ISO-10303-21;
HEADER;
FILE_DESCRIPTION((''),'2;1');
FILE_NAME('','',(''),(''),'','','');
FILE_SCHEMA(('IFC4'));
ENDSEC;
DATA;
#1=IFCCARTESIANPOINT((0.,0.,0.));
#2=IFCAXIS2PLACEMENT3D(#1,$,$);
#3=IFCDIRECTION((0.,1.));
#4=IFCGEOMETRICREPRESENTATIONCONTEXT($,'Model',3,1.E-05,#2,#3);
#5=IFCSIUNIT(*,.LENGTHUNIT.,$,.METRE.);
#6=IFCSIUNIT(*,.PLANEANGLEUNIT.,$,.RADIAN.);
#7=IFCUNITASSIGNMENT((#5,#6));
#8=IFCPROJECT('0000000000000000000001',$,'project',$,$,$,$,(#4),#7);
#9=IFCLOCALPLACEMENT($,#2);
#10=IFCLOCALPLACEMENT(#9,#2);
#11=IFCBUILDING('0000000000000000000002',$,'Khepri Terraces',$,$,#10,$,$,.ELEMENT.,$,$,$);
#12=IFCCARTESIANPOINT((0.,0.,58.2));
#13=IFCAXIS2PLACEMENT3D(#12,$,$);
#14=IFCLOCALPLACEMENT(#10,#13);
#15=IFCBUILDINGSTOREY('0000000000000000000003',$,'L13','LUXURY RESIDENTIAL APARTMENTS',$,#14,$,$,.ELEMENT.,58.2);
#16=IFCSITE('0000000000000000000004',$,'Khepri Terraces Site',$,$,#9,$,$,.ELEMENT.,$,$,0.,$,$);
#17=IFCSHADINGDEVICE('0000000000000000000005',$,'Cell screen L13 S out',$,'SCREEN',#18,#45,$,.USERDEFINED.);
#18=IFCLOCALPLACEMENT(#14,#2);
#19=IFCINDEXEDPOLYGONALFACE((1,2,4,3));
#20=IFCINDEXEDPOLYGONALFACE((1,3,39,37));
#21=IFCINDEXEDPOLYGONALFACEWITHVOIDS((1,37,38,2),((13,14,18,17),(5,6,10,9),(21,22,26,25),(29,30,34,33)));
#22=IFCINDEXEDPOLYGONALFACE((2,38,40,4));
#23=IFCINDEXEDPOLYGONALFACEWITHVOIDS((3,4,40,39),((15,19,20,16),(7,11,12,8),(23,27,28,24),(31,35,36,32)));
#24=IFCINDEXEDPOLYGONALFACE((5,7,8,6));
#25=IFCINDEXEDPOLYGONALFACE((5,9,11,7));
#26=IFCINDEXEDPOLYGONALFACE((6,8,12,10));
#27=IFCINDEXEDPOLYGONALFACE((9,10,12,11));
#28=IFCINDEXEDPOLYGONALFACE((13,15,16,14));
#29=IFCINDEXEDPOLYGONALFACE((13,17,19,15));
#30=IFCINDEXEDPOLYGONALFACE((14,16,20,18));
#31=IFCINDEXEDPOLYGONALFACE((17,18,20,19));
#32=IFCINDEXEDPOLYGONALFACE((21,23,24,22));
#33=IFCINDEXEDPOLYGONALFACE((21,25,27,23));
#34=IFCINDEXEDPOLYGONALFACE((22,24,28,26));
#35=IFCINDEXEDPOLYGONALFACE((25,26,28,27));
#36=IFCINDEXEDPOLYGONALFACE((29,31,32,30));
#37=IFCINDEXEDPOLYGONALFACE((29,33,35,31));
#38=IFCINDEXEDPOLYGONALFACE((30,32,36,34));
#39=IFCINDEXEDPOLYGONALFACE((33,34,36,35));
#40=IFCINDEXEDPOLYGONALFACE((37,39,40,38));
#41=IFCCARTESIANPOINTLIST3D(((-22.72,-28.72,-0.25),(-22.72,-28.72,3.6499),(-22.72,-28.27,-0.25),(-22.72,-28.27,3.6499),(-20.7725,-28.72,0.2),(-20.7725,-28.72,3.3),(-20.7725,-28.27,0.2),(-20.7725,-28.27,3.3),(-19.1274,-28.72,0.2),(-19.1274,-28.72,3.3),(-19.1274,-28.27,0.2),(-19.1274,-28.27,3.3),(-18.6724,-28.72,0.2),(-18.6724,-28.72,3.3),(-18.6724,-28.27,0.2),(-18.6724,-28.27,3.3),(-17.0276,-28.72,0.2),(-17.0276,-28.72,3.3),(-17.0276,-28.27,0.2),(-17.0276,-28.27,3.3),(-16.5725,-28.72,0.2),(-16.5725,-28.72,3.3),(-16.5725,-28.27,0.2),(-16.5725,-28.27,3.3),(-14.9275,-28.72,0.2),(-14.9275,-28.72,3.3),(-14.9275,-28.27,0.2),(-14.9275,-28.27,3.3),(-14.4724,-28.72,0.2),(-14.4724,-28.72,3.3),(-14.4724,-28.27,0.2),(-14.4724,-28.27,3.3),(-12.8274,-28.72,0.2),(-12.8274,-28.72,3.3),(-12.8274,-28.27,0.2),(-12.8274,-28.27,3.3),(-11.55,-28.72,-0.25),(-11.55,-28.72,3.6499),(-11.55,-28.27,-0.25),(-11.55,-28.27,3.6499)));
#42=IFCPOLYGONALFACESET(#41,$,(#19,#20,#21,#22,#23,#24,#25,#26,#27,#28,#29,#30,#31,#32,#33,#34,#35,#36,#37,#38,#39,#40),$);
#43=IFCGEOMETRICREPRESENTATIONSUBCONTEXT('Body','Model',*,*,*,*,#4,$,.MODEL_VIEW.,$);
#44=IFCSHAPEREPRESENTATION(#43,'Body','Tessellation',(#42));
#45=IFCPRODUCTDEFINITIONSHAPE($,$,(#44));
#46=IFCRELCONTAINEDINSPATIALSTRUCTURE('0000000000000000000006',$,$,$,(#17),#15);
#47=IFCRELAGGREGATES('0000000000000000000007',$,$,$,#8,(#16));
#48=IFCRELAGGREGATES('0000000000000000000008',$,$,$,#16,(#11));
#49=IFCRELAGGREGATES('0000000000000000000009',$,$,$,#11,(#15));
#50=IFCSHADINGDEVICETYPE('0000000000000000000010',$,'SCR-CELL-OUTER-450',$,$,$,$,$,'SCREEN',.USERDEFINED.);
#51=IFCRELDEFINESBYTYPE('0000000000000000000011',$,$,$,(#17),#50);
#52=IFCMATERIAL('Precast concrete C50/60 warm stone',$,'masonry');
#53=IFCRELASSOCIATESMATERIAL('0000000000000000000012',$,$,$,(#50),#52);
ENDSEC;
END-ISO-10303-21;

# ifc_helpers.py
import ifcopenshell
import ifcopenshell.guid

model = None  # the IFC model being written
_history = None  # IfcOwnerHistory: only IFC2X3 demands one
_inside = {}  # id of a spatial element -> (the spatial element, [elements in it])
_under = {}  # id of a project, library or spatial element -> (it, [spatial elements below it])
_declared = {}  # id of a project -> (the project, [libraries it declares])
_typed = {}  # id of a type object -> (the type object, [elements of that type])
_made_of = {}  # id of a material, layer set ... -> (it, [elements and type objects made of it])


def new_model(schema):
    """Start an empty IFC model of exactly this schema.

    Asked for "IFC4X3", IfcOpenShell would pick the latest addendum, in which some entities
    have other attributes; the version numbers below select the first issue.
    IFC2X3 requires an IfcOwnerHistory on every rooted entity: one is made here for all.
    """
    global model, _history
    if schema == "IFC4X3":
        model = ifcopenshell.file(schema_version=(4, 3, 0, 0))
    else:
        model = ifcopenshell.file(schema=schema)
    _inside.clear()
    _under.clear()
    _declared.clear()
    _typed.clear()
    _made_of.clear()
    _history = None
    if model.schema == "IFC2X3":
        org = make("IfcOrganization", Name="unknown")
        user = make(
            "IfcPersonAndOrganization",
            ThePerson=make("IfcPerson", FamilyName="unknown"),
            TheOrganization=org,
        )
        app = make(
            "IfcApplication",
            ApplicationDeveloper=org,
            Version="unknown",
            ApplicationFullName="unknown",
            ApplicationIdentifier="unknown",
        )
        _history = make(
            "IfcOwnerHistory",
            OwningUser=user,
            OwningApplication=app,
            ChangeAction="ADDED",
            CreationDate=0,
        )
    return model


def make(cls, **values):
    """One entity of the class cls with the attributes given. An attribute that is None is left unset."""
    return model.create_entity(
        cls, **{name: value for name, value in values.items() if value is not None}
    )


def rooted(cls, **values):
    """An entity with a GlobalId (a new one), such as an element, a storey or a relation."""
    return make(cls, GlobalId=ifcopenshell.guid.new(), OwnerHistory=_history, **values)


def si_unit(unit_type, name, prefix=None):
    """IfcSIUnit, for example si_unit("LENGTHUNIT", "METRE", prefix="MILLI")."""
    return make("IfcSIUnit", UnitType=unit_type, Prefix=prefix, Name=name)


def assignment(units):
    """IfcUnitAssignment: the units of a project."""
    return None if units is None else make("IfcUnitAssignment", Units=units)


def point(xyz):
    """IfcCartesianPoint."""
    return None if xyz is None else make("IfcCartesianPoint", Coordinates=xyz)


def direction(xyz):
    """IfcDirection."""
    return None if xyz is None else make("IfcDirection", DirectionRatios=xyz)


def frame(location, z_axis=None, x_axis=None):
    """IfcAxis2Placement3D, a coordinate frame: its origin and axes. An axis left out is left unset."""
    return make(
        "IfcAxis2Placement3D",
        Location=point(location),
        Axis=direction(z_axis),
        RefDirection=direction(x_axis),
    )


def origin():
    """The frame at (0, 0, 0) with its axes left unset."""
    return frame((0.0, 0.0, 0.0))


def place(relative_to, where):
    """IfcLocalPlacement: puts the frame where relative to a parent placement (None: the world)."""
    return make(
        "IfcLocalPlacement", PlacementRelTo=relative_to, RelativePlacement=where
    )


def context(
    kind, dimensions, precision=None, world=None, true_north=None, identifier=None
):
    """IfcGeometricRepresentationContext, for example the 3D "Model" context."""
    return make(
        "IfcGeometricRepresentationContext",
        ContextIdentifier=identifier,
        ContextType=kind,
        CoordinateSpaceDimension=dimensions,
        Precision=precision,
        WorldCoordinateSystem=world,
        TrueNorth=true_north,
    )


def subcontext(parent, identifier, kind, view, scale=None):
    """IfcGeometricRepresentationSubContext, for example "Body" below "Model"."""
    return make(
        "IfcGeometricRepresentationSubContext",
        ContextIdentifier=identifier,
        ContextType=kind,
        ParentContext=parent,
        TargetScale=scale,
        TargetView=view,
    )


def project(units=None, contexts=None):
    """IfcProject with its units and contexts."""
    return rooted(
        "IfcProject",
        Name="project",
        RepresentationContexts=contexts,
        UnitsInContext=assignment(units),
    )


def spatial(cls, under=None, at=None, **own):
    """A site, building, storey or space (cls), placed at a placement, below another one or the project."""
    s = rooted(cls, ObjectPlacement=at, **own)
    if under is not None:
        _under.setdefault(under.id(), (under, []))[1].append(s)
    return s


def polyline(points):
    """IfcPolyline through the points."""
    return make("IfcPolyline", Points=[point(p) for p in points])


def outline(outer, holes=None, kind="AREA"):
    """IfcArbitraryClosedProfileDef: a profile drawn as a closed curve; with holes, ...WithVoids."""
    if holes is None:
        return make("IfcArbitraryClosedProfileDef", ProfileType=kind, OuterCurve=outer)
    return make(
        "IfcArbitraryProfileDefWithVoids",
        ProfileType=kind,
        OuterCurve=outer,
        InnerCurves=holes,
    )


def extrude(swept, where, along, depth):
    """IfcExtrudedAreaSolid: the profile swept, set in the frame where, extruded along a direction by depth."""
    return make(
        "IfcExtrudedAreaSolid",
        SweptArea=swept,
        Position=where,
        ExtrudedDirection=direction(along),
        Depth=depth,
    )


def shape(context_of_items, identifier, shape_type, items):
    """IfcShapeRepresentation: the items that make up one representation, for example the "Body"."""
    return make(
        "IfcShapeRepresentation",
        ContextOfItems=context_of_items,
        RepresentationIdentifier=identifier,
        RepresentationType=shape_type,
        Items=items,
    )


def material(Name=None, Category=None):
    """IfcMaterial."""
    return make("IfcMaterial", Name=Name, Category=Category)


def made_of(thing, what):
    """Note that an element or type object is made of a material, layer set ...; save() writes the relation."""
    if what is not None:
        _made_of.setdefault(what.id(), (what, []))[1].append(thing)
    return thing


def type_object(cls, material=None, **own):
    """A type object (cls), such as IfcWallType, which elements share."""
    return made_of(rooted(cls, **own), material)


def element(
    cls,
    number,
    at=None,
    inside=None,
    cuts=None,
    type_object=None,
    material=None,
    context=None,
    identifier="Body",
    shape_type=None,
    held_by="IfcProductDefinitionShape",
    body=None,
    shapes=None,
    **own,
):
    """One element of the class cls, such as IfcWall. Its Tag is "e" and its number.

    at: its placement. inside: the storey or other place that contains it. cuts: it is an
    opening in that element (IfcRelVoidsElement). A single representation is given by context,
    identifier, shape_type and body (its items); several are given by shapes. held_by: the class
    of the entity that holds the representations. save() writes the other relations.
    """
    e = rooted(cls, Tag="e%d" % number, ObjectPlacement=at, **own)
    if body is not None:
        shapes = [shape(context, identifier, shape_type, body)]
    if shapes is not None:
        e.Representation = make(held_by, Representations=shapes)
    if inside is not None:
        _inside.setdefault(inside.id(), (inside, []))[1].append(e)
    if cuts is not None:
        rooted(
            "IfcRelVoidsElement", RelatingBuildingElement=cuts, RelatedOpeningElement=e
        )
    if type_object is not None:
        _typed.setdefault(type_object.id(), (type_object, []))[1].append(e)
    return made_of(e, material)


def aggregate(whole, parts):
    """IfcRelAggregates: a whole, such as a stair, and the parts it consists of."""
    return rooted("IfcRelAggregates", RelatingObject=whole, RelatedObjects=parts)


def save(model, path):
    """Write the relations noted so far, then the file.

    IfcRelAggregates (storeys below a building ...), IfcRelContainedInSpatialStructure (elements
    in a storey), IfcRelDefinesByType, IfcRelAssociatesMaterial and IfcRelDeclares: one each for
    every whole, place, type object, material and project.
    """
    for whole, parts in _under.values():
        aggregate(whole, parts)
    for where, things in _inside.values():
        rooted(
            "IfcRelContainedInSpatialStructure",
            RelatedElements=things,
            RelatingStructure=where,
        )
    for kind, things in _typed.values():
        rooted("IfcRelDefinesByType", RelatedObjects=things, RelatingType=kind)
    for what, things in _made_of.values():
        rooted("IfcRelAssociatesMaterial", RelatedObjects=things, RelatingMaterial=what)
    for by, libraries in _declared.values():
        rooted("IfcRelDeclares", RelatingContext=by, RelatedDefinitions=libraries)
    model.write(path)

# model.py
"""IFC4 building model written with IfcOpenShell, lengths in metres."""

from ifc_helpers import new_model, si_unit, direction, frame, origin, place, context, subcontext, project, spatial, polyline, outline, extrude, material, type_object, element, save


model = new_model("IFC4")

# Units and contexts
model_context = context("Model", 3, precision=1e-05, world=origin(), true_north=direction((0.0, 1.0)))
body_context = subcontext(model_context, "Body", "Model", "MODEL_VIEW")
ifc_project = project(units=[si_unit("LENGTHUNIT", "METRE"), si_unit("PLANEANGLEUNIT", "RADIAN")], contexts=[model_context])

# Site, building, storey
site_placement = place(None, origin())
site = spatial("IfcSite", under=ifc_project, at=site_placement, Name="Khepri Terraces Site", CompositionType="ELEMENT", RefElevation=0.0)
building_placement = place(site_placement, origin())
building = spatial("IfcBuilding", under=site, at=building_placement, Name="Khepri Terraces", CompositionType="ELEMENT")
storey_placement = place(building_placement, frame((0.0, 0.0, 58.2)))
storey = spatial("IfcBuildingStorey", under=building, at=storey_placement, Name="L13", Description="LUXURY RESIDENTIAL APARTMENTS", CompositionType="ELEMENT", Elevation=58.2)

# Shared definitions
ifc_material_1 = material(Name="Precast concrete C50/60 warm stone", Category="masonry")

# Shading device
shading_device_type_1 = type_object("IfcShadingDeviceType", Name="SCR-CELL-OUTER-450", ElementType="SCREEN", PredefinedType="USERDEFINED", material=ifc_material_1)
shading_device_1_placement = place(storey_placement, frame((-22.72, -28.27, -0.25), z_axis=(0.0, -1.0, 0.0), x_axis=(1.0, 0.0, 0.0)))
element("IfcShadingDevice", 1, at=shading_device_1_placement, inside=storey, type_object=shading_device_type_1, Name="Cell screen L13 S out", ObjectType="SCREEN", PredefinedType="USERDEFINED", context=body_context, shape_type="SweptSolid", body=[
    extrude(outline(polyline([(0.0, 0.0), (11.1699, 0.0), (11.1699, 3.8999), (0.0, 3.8999), (0.0, 0.0)]), holes=[polyline([(1.9475, 0.45), (3.5925, 0.45), (3.5925, 3.55), (1.9475, 3.55), (1.9475, 0.45)]), polyline([(4.0476, 0.45), (5.6924, 0.45), (5.6924, 3.55), (4.0476, 3.55), (4.0476, 0.45)]), polyline([(6.1475, 0.45), (7.7925, 0.45), (7.7925, 3.55), (6.1475, 3.55), (6.1475, 0.45)]), polyline([(8.2476, 0.45), (9.8926, 0.45), (9.8926, 3.55), (8.2476, 3.55), (8.2476, 0.45)])]), origin(), (0.0, 0.0, 1.0), 0.45),
])

save(model, "model.ifc")
